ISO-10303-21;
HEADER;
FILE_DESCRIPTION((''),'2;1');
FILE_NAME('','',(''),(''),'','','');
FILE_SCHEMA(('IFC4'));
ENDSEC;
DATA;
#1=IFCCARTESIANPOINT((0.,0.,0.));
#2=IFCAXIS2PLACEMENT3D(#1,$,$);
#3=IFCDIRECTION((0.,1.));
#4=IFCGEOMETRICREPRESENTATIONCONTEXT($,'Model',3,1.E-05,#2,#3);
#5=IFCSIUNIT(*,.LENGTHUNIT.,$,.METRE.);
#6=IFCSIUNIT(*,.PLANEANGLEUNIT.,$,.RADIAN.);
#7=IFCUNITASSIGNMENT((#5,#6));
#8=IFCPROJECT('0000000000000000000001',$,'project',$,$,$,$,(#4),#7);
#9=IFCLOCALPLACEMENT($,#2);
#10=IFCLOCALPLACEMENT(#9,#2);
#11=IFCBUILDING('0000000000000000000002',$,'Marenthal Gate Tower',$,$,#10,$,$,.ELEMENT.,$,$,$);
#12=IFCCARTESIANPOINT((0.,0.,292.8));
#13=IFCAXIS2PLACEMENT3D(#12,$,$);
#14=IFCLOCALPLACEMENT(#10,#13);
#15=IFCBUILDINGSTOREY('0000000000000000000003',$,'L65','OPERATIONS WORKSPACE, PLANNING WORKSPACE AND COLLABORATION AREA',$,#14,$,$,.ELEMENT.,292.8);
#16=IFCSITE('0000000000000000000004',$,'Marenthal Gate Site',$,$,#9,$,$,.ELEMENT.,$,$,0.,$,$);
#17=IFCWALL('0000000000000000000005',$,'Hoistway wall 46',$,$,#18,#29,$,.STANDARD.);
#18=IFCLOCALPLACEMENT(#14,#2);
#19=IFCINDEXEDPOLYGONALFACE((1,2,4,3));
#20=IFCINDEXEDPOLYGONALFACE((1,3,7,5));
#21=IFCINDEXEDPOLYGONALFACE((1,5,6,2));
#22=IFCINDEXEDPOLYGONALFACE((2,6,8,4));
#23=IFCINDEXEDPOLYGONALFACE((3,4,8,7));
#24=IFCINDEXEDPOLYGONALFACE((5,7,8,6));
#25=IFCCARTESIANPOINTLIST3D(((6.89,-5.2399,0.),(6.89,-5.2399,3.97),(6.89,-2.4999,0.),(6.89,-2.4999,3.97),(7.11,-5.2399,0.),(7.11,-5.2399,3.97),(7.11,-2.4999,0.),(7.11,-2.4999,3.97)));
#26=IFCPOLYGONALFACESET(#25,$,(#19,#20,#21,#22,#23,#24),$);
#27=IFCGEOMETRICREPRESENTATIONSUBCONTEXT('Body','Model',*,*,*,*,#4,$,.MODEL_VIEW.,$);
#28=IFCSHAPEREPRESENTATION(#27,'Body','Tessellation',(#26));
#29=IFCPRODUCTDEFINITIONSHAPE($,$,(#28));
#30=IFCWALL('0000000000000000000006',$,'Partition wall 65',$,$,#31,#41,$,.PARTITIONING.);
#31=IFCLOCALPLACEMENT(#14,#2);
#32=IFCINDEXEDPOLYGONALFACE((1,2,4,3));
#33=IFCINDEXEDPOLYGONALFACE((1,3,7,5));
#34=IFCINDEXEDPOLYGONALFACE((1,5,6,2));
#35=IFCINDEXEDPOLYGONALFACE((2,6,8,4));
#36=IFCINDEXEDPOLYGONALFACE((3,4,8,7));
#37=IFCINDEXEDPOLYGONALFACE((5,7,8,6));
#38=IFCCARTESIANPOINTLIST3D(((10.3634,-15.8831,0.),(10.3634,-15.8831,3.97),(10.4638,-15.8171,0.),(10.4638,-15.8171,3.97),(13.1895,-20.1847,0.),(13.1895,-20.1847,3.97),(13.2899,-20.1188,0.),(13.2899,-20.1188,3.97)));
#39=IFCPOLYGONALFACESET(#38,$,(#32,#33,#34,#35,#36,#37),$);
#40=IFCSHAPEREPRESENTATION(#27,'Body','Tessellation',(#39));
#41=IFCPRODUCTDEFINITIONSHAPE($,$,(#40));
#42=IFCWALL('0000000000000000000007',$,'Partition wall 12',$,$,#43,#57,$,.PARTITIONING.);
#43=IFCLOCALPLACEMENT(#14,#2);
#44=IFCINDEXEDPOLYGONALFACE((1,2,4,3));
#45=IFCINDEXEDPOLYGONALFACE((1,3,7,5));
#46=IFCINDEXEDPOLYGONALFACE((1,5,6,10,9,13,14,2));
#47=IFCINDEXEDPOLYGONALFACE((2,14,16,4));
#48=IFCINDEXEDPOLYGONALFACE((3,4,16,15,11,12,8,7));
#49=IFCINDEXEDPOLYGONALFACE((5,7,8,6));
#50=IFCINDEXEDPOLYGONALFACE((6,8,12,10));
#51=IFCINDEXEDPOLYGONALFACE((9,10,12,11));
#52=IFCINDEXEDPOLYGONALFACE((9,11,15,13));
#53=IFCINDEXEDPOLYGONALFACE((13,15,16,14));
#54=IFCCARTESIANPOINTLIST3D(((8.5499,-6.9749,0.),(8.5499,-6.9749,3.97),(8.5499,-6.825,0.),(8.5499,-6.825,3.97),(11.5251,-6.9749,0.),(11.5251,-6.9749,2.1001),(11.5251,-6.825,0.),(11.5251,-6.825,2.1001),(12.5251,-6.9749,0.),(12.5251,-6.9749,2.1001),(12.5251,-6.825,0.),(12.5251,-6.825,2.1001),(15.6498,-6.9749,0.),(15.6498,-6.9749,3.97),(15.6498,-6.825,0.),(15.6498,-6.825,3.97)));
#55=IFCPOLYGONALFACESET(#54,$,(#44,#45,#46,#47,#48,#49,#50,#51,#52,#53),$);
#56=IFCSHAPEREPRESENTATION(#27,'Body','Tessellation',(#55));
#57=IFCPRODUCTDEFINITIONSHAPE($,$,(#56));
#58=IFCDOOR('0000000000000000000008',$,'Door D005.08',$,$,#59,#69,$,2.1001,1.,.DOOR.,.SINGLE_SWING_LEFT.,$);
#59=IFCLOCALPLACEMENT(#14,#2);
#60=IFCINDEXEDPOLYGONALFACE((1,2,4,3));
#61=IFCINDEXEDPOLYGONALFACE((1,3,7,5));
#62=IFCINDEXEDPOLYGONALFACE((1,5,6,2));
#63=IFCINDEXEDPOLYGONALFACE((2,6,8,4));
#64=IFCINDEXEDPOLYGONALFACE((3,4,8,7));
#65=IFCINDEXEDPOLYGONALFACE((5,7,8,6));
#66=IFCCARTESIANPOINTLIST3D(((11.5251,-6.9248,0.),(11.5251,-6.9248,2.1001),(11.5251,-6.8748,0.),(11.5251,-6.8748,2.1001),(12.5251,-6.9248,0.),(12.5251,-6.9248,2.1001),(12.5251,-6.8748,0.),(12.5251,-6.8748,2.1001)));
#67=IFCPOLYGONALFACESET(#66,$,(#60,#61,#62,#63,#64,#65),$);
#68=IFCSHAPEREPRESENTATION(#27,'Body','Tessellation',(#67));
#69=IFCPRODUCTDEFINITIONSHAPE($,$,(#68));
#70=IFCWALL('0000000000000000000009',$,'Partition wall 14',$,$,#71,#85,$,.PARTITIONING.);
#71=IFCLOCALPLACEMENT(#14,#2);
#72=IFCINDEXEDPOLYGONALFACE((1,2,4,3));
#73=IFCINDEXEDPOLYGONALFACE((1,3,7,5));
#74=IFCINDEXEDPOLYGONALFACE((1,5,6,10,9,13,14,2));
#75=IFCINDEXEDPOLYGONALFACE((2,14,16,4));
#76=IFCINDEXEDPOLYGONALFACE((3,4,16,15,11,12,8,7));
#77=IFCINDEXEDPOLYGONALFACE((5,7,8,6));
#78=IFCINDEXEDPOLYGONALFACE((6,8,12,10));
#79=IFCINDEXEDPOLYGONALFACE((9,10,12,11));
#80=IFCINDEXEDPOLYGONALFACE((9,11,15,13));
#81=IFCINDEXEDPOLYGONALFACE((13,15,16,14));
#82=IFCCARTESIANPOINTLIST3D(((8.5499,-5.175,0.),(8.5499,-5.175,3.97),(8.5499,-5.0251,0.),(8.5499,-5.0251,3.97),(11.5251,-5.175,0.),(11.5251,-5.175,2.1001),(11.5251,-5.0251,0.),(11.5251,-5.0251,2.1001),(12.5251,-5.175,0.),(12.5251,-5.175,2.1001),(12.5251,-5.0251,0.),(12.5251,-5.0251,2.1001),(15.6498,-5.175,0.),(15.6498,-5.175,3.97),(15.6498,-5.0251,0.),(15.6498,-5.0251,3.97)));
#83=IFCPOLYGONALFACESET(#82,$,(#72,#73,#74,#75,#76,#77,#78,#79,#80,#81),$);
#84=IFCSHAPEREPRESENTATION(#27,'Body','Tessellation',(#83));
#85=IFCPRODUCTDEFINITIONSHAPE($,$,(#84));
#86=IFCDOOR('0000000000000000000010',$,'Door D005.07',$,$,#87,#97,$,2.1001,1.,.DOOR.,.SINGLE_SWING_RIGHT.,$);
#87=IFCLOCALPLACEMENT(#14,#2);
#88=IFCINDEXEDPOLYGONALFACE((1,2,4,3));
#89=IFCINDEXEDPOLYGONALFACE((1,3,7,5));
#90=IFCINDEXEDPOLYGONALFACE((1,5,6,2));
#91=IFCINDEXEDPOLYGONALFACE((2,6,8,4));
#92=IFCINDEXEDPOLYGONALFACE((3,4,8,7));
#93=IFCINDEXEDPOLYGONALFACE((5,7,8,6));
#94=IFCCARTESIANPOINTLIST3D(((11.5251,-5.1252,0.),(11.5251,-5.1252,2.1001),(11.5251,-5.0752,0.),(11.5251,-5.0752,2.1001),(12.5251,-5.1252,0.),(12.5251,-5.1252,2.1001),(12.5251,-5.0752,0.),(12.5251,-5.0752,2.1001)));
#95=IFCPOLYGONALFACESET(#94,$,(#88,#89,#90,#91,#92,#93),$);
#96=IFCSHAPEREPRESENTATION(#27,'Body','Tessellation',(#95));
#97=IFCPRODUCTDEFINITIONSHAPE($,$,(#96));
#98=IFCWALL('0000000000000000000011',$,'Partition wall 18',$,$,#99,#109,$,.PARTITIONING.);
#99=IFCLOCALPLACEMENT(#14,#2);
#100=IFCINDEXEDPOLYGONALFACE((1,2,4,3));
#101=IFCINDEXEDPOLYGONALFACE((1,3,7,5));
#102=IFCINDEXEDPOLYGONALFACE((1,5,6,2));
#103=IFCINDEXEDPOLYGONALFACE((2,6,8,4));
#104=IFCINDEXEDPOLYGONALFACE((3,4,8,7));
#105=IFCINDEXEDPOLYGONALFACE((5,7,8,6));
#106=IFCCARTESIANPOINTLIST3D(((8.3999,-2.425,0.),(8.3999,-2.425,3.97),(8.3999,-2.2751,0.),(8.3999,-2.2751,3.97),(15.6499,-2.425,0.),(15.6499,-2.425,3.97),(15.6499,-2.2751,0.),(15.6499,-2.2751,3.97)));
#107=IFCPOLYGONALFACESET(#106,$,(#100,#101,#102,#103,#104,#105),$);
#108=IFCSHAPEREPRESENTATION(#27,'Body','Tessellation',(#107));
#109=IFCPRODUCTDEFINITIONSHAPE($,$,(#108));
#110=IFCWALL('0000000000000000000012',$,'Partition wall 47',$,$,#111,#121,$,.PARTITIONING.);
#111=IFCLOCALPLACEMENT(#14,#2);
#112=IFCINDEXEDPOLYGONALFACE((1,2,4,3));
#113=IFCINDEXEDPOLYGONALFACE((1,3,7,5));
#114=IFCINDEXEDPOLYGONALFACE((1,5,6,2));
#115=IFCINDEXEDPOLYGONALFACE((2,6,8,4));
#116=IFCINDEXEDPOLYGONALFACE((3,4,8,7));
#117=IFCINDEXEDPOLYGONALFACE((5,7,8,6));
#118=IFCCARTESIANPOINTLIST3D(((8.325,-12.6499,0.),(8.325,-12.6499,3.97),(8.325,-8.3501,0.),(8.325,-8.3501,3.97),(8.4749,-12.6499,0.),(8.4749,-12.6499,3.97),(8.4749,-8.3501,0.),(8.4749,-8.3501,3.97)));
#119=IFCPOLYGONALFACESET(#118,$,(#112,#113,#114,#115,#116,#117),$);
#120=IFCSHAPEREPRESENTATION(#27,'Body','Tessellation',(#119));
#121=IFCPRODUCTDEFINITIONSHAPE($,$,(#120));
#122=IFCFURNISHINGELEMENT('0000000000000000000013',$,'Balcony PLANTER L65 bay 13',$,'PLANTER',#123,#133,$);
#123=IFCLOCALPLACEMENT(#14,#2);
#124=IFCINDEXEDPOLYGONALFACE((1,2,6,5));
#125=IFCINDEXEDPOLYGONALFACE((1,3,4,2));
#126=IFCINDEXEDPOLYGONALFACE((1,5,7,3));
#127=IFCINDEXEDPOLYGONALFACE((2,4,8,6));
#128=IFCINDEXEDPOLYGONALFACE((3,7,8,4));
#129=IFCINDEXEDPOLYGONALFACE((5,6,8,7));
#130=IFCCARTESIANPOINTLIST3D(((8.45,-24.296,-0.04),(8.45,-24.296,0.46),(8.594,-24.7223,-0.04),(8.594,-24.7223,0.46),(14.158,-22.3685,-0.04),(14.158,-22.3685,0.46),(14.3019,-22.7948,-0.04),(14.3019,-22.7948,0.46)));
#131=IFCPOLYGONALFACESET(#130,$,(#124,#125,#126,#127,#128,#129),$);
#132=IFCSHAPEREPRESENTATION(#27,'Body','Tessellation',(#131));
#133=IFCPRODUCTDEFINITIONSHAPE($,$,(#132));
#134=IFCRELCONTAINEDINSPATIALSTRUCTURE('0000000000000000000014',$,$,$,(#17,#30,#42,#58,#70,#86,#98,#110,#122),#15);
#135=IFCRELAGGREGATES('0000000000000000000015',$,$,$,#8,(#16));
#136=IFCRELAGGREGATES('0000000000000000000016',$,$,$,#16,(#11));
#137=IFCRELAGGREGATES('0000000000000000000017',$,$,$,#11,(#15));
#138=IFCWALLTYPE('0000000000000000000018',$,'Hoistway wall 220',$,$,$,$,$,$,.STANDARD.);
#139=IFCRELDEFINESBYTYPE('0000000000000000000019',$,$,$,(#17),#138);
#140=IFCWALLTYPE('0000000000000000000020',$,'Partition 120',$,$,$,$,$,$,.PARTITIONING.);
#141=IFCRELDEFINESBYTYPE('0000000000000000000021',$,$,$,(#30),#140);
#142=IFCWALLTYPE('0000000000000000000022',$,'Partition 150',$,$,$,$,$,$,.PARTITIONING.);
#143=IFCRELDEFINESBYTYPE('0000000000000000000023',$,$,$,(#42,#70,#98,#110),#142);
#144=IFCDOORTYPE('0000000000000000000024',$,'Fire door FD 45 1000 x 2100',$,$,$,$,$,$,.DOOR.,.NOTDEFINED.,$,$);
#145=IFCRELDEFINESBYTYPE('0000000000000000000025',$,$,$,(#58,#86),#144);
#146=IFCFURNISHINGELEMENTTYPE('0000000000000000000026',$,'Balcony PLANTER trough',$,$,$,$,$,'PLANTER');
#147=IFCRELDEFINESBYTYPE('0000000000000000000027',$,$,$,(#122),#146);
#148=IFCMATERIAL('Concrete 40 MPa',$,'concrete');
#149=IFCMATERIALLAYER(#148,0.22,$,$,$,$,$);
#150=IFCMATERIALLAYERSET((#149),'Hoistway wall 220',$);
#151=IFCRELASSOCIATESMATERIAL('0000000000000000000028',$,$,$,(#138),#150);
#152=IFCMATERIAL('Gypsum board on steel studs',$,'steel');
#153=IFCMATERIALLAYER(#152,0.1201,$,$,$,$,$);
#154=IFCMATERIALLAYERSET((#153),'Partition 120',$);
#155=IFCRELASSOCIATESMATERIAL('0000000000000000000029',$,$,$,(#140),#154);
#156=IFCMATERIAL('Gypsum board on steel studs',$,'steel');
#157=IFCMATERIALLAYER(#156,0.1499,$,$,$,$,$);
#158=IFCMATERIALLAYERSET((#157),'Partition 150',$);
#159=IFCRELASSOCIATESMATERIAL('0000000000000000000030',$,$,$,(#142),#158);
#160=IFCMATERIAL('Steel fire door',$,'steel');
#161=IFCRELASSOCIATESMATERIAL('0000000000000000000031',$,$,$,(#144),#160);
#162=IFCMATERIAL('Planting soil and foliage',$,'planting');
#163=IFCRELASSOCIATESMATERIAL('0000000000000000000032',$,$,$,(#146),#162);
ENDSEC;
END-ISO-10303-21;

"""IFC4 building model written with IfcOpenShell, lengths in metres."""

from ifc_helpers import new_model, si_unit, direction, frame, frame_2d, origin, origin_2d, place, context, subcontext, project, spatial, rectangle, extrude, material, layer, layer_set, type_object, element, fill, save


model = new_model("IFC4")

# Units and contexts
model_context = context("Model", 3, precision=1e-05, world=origin(), true_north=direction((0.0, 1.0)))
body_context = subcontext(model_context, "Body", "Model", "MODEL_VIEW")
ifc_project = project(units=[si_unit("LENGTHUNIT", "METRE"), si_unit("PLANEANGLEUNIT", "RADIAN")], contexts=[model_context])

# Site, building, storey
site_placement = place(None, origin())
site = spatial("IfcSite", under=ifc_project, at=site_placement, Name="Marenthal Gate Site", CompositionType="ELEMENT", RefElevation=0.0)
building_placement = place(site_placement, origin())
building = spatial("IfcBuilding", under=site, at=building_placement, Name="Marenthal Gate Tower", CompositionType="ELEMENT")
storey_placement = place(building_placement, frame((0.0, 0.0, 292.8)))
storey = spatial("IfcBuildingStorey", under=building, at=storey_placement, Name="L65", Description="OPERATIONS WORKSPACE, PLANNING WORKSPACE AND COLLABORATION AREA", CompositionType="ELEMENT", Elevation=292.8)

# Walls
ifc_material_1 = material(Name="Concrete 40 MPa", Category="concrete")
ifc_layer_1 = layer(ifc_material_1, 0.22)
ifc_layer_set_1 = layer_set([ifc_layer_1], Name="Hoistway wall 220")
wall_type_1 = type_object("IfcWallType", Name="Hoistway wall 220", PredefinedType="STANDARD", material=ifc_layer_set_1)
wall_1_placement = place(storey_placement, frame((7.0, -5.24, 0.0), z_axis=(0.0, 0.0, 1.0), x_axis=(0.0, 1.0, 0.0)))
element("IfcWall", 1, at=wall_1_placement, inside=storey, type_object=wall_type_1, Name="Hoistway wall 46", PredefinedType="STANDARD", context=body_context, shape_type="SweptSolid", body=[
    extrude(rectangle(XDim=2.74, YDim=0.22, at=frame_2d((1.3701, 0.0))), origin(), (0.0, 0.0, 1.0), 3.97),
])
ifc_material_2 = material(Name="Gypsum board on steel studs", Category="steel")
ifc_layer_2 = layer(ifc_material_2, 0.1201)
ifc_layer_set_2 = layer_set([ifc_layer_2], Name="Partition 120")
wall_type_2 = type_object("IfcWallType", Name="Partition 120", PredefinedType="PARTITIONING", material=ifc_layer_set_2)
wall_2_placement = place(storey_placement, frame((10.4136, -15.8501, 0.0), z_axis=(0.0, 0.0, 1.0), x_axis=(0.549083, -0.835768, 0.0)))
element("IfcWall", 2, at=wall_2_placement, inside=storey, type_object=wall_type_2, Name="Partition wall 65", PredefinedType="PARTITIONING", context=body_context, shape_type="SweptSolid", body=[
    extrude(rectangle(XDim=5.147, YDim=0.1201, at=frame_2d((2.5735, 0.0))), origin(), (0.0, 0.0, 1.0), 3.97),
])

# Walls, openings, doors
ifc_material_3 = material(Name="Gypsum board on steel studs", Category="steel")
ifc_layer_3 = layer(ifc_material_3, 0.1499)
ifc_layer_set_3 = layer_set([ifc_layer_3], Name="Partition 150")
wall_type_3 = type_object("IfcWallType", Name="Partition 150", PredefinedType="PARTITIONING", material=ifc_layer_set_3)
wall_3_placement = place(storey_placement, frame((8.55, -6.8999, 0.0), z_axis=(0.0, 0.0, 1.0), x_axis=(1.0, 0.0, 0.0)))
wall_3 = element("IfcWall", 3, at=wall_3_placement, inside=storey, type_object=wall_type_3, Name="Partition wall 12", PredefinedType="PARTITIONING", context=body_context, shape_type="SweptSolid", body=[
    extrude(rectangle(XDim=7.0999, YDim=0.1499, at=frame_2d((3.5498, 0.0))), origin(), (0.0, 0.0, 1.0), 3.97),
])
opening_1_placement = place(wall_3_placement, frame((2.9751, 0.0, 0.0)))
opening_1 = element("IfcOpeningElement", 4, at=opening_1_placement, cuts=wall_3, PredefinedType="OPENING", context=body_context, shape_type="SweptSolid", body=[
    extrude(rectangle(XDim=1.0, YDim=2.1001, at=frame_2d((0.5, 1.05))), frame((0.0, 0.085, 0.0), z_axis=(0.0, -1.0, 0.0), x_axis=(1.0, 0.0, 0.0)), (0.0, 0.0, 1.0), 0.1699),
])
ifc_material_4 = material(Name="Steel fire door", Category="steel")
door_type_1 = type_object("IfcDoorType", Name="Fire door FD 45 1000 x 2100", OperationType="NOTDEFINED", PredefinedType="DOOR", material=ifc_material_4)
door_1_placement = place(opening_1_placement, frame((1.0, 0.0, 0.0), z_axis=(0.0, 0.0, 1.0), x_axis=(-1.0, 0.0, 0.0)))
door_1 = element("IfcDoor", 5, at=door_1_placement, inside=storey, type_object=door_type_1, Name="Door D005.08", OperationType="SINGLE_SWING_LEFT", OverallHeight=2.1001, OverallWidth=1.0, PredefinedType="DOOR", context=body_context, shape_type="SweptSolid", body=[
    extrude(rectangle(XDim=1.0, YDim=2.1001, at=frame_2d((0.5, 1.05))), frame((0.0, 0.0249, 0.0), z_axis=(0.0, -1.0, 0.0), x_axis=(1.0, 0.0, 0.0)), (0.0, 0.0, 1.0), 0.05),
])
fill(opening_1, door_1)
wall_4_placement = place(storey_placement, frame((8.55, -5.1001, 0.0), z_axis=(0.0, 0.0, 1.0), x_axis=(1.0, 0.0, 0.0)))
wall_4 = element("IfcWall", 6, at=wall_4_placement, inside=storey, type_object=wall_type_3, Name="Partition wall 14", PredefinedType="PARTITIONING", context=body_context, shape_type="SweptSolid", body=[
    extrude(rectangle(XDim=7.0999, YDim=0.1499, at=frame_2d((3.5498, 0.0))), origin(), (0.0, 0.0, 1.0), 3.97),
])
opening_2_placement = place(wall_4_placement, frame((2.9751, 0.0, 0.0)))
opening_2 = element("IfcOpeningElement", 7, at=opening_2_placement, cuts=wall_4, PredefinedType="OPENING", context=body_context, shape_type="SweptSolid", body=[
    extrude(rectangle(XDim=1.0, YDim=2.1001, at=frame_2d((0.5, 1.05))), frame((0.0, 0.085, 0.0), z_axis=(0.0, -1.0, 0.0), x_axis=(1.0, 0.0, 0.0)), (0.0, 0.0, 1.0), 0.1699),
])
door_2_placement = place(opening_2_placement, origin())
door_2 = element("IfcDoor", 8, at=door_2_placement, inside=storey, type_object=door_type_1, Name="Door D005.07", OperationType="SINGLE_SWING_RIGHT", OverallHeight=2.1001, OverallWidth=1.0, PredefinedType="DOOR", context=body_context, shape_type="SweptSolid", body=[
    extrude(rectangle(XDim=1.0, YDim=2.1001, at=frame_2d((0.5, 1.05))), frame((0.0, 0.0249, 0.0), z_axis=(0.0, -1.0, 0.0), x_axis=(1.0, 0.0, 0.0)), (0.0, 0.0, 1.0), 0.05),
])
fill(opening_2, door_2)

# Walls
wall_5_placement = place(storey_placement, frame((8.3999, -2.3501, 0.0), z_axis=(0.0, 0.0, 1.0), x_axis=(1.0, 0.0, 0.0)))
element("IfcWall", 9, at=wall_5_placement, inside=storey, type_object=wall_type_3, Name="Partition wall 18", PredefinedType="PARTITIONING", context=body_context, shape_type="SweptSolid", body=[
    extrude(rectangle(XDim=7.25, YDim=0.1499, at=frame_2d((3.625, 0.0))), origin(), (0.0, 0.0, 1.0), 3.97),
])
wall_6_placement = place(storey_placement, frame((8.3999, -12.6499, 0.0), z_axis=(0.0, 0.0, 1.0), x_axis=(0.0, 1.0, 0.0)))
element("IfcWall", 10, at=wall_6_placement, inside=storey, type_object=wall_type_3, Name="Partition wall 47", PredefinedType="PARTITIONING", context=body_context, shape_type="SweptSolid", body=[
    extrude(rectangle(XDim=4.2998, YDim=0.1499, at=frame_2d((2.1499, 0.0))), origin(), (0.0, 0.0, 1.0), 3.97),
])

# Furnishing element
ifc_material_5 = material(Name="Planting soil and foliage", Category="planting")
furnishing_element_type = type_object("IfcFurnishingElementType", Name="Balcony PLANTER trough", ElementType="PLANTER", material=ifc_material_5)
furnishing_placement = place(storey_placement, frame((11.376, -23.5454, -0.04), z_axis=(0.0, 0.0, 1.0), x_axis=(0.947437, 0.319942, 0.0)))
element("IfcFurnishingElement", 11, at=furnishing_placement, inside=storey, type_object=furnishing_element_type, Name="Balcony PLANTER L65 bay 13", ObjectType="PLANTER", context=body_context, shape_type="SweptSolid", body=[
    extrude(rectangle(XDim=6.0247, YDim=0.45, at=origin_2d()), origin(), (0.0, 0.0, 1.0), 0.5),
])

save(model, "model.ifc")
